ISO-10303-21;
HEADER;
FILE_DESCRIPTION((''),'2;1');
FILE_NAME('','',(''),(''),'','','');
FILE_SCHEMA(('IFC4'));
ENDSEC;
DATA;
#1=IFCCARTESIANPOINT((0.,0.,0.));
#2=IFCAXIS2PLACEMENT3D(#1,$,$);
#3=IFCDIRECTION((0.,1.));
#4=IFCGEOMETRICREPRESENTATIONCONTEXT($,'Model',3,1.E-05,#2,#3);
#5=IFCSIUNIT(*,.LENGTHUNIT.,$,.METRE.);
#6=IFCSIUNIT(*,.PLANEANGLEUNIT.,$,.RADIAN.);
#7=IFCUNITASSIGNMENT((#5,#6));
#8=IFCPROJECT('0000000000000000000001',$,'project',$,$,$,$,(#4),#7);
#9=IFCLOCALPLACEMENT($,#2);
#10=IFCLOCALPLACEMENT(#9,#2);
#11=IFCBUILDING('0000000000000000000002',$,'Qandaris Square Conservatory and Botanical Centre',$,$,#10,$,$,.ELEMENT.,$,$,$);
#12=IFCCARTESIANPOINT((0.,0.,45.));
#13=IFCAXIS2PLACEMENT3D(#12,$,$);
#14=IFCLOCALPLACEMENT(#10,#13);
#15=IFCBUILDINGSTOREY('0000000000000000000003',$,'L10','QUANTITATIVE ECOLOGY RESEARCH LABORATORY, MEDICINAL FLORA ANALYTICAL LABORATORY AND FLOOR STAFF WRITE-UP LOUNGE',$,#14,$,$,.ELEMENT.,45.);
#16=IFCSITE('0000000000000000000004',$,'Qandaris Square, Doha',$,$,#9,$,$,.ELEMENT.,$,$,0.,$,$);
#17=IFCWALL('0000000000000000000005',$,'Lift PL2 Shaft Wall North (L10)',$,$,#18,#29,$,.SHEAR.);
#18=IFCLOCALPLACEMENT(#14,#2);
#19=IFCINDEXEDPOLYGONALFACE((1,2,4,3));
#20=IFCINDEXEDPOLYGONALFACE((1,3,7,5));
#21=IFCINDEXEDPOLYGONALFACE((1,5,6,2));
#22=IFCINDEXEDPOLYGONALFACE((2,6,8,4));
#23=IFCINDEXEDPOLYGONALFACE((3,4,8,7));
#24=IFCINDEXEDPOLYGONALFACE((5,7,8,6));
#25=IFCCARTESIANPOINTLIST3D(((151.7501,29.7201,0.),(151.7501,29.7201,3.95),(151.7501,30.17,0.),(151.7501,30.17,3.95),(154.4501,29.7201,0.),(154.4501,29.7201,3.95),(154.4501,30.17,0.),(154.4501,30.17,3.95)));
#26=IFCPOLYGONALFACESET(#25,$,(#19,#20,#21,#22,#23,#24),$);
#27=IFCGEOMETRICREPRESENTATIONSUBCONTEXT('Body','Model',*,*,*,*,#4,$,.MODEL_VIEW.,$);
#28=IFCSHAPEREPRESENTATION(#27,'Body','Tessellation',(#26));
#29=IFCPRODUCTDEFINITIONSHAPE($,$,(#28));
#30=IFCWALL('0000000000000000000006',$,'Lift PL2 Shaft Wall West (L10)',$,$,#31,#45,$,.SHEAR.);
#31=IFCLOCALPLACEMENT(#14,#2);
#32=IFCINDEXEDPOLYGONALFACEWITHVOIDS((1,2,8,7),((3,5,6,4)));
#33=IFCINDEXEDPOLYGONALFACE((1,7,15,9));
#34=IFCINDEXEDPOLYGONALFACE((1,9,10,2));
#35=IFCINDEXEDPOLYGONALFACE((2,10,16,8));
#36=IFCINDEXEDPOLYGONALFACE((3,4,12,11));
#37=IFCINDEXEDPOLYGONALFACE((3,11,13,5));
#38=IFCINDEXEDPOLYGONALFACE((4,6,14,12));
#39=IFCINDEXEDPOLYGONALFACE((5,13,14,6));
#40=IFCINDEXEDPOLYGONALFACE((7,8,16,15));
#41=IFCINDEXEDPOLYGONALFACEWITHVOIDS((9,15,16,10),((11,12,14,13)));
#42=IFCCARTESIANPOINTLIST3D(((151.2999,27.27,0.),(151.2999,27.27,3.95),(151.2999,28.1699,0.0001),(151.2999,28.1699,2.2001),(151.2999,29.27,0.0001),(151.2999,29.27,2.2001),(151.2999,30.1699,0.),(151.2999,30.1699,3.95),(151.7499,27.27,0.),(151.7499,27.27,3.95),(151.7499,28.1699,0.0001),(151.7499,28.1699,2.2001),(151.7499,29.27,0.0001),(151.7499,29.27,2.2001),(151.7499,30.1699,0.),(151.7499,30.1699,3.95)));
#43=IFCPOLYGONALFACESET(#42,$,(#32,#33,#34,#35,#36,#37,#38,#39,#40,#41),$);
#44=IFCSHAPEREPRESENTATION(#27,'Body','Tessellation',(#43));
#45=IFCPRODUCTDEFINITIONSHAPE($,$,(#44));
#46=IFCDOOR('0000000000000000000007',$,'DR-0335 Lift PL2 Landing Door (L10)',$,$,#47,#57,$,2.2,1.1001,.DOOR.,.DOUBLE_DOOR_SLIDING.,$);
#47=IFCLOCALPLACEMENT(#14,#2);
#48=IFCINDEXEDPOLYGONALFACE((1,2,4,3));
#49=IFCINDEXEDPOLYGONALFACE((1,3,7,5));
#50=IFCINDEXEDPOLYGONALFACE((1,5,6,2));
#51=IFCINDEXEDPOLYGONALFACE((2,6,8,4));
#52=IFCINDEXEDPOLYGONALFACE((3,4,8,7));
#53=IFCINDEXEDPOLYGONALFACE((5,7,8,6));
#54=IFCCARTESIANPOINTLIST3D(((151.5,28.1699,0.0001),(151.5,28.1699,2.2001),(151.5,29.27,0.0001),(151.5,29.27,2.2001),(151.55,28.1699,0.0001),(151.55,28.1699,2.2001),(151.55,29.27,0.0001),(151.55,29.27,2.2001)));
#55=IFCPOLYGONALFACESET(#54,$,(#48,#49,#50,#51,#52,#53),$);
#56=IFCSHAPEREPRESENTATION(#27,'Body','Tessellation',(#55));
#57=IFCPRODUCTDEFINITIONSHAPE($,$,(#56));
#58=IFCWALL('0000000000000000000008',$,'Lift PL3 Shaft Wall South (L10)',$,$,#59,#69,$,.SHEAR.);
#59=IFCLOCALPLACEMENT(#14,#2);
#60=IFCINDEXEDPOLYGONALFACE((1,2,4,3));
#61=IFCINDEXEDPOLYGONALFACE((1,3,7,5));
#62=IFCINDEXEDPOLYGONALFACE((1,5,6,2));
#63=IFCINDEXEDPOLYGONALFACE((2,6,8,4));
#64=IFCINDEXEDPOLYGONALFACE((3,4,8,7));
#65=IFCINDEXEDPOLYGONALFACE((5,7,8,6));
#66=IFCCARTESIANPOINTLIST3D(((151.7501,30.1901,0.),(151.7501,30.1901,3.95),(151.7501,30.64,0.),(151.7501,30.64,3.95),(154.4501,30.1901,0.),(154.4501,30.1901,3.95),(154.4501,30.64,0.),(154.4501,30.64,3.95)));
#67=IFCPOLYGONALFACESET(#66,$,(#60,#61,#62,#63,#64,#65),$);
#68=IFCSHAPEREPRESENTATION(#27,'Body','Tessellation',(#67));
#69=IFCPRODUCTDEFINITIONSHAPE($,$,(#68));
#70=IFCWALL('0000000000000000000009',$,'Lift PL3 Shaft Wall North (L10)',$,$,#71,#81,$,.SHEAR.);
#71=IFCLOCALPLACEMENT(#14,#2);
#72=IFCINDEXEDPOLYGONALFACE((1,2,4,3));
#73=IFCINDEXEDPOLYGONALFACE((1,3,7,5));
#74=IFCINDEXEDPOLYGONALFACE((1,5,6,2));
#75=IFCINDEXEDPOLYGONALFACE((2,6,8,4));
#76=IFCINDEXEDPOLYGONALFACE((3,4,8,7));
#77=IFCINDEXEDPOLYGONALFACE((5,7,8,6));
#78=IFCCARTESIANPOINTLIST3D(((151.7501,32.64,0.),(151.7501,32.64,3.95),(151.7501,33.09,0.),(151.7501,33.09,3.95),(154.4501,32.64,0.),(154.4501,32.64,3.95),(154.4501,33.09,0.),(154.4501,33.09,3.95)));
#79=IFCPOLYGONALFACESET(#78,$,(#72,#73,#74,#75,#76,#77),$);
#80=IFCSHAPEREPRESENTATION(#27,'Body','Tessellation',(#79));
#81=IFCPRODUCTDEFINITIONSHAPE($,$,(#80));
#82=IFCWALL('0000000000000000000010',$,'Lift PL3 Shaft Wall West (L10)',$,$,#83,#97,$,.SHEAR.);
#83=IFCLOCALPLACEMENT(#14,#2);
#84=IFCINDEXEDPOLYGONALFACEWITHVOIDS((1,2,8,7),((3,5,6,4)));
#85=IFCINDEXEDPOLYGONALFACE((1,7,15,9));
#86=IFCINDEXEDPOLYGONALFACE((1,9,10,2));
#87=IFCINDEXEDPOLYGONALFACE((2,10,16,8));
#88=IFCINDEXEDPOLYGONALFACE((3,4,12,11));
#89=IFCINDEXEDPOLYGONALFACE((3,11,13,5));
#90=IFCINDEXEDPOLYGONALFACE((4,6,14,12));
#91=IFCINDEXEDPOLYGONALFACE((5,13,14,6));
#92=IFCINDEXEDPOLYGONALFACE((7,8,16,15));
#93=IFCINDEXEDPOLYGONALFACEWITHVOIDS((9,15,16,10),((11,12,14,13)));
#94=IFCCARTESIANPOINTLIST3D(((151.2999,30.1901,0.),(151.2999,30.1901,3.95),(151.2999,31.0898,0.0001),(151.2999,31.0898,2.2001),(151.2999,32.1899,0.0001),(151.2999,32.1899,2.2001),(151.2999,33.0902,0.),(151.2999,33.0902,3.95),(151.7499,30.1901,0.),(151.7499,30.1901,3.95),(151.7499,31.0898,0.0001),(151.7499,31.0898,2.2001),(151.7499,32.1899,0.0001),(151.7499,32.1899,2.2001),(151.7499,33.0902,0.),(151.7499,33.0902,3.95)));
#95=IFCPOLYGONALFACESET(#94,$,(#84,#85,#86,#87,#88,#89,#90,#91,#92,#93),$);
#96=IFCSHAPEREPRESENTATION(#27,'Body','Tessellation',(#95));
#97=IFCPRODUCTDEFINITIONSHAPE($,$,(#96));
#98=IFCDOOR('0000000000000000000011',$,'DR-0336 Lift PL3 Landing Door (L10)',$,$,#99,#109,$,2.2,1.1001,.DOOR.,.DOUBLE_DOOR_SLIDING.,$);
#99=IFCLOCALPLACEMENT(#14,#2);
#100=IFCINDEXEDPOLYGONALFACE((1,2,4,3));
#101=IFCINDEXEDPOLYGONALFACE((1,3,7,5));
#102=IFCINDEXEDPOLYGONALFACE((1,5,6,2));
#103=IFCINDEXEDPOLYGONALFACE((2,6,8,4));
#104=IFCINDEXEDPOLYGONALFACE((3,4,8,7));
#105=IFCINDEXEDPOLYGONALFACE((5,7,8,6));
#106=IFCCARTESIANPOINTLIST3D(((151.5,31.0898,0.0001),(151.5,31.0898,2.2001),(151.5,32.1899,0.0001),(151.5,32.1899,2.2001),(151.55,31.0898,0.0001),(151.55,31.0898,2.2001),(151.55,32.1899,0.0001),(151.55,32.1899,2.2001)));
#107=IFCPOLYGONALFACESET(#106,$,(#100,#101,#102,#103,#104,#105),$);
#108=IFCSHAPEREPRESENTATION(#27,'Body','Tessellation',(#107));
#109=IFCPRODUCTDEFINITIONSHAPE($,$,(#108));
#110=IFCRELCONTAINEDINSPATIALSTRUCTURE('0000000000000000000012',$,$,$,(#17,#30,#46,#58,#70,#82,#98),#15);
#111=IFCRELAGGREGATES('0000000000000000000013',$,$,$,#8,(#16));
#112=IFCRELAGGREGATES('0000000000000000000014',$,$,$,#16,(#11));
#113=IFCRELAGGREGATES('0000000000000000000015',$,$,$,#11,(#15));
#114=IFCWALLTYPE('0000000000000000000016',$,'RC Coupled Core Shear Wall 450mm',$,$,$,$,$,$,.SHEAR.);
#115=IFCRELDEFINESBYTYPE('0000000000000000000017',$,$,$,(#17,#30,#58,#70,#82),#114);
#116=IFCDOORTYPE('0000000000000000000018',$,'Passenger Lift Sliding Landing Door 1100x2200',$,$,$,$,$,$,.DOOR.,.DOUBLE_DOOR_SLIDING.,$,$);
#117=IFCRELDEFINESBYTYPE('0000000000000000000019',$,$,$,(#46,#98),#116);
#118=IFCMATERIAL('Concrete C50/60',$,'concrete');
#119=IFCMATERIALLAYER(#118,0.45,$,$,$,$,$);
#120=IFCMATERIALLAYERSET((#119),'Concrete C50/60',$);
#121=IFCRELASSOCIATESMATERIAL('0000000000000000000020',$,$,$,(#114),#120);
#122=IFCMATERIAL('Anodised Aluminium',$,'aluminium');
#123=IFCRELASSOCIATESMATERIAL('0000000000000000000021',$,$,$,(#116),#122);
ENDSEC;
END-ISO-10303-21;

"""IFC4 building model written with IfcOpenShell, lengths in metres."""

from ifc_helpers import new_model, si_unit, direction, frame, frame_2d, origin, place, context, subcontext, project, spatial, rectangle, extrude, material, layer, layer_set, type_object, element, fill, save


model = new_model("IFC4")

# Units and contexts
model_context = context("Model", 3, precision=1e-05, world=origin(), true_north=direction((0.0, 1.0)))
body_context = subcontext(model_context, "Body", "Model", "MODEL_VIEW")
ifc_project = project(units=[si_unit("LENGTHUNIT", "METRE"), si_unit("PLANEANGLEUNIT", "RADIAN")], contexts=[model_context])

# Site, building, storey
site_placement = place(None, origin())
site = spatial("IfcSite", under=ifc_project, at=site_placement, Name="Qandaris Square, Doha", CompositionType="ELEMENT", RefElevation=0.0)
building_placement = place(site_placement, origin())
building = spatial("IfcBuilding", under=site, at=building_placement, Name="Qandaris Square Conservatory and Botanical Centre", CompositionType="ELEMENT")
storey_placement = place(building_placement, frame((0.0, 0.0, 45.0)))
storey = spatial("IfcBuildingStorey", under=building, at=storey_placement, Name="L10", Description="QUANTITATIVE ECOLOGY RESEARCH LABORATORY, MEDICINAL FLORA ANALYTICAL LABORATORY AND FLOOR STAFF WRITE-UP LOUNGE", CompositionType="ELEMENT", Elevation=45.0)

# Shared definitions
ifc_material_1 = material(Name="Concrete C50/60", Category="concrete")

# Shared definitions
ifc_material_2 = material(Name="Anodised Aluminium", Category="aluminium")

# Wall
ifc_layer_1 = layer(ifc_material_1, 0.45)
ifc_layer_set_1 = layer_set([ifc_layer_1], Name="Concrete C50/60")
wall_type_1 = type_object("IfcWallType", Name="RC Coupled Core Shear Wall 450mm", PredefinedType="SHEAR", material=ifc_layer_set_1)
for number, where, z_axis, x_axis, name in (
    (1, (151.75, 29.9451, 0.0), (0.0, 0.0, 1.0), (1.0, 0.0, 0.0), "Lift PL2 Shaft Wall North (L10)"),
):
    element("IfcWall", number, at=place(storey_placement, frame(where, z_axis=z_axis, x_axis=x_axis)), inside=storey, type_object=wall_type_1, Name=name, PredefinedType="SHEAR", context=body_context, shape_type="SweptSolid", body=[
        extrude(rectangle(XDim=2.7, YDim=0.45, at=frame_2d((1.3501, 0.0))), origin(), (0.0, 0.0, 1.0), 3.95),
    ])

# Wall, opening, door
wall_1_placement = place(storey_placement, frame((151.5249, 27.27, 0.0), z_axis=(0.0, 0.0, 1.0), x_axis=(0.0, 1.0, 0.0)))
wall_1 = element("IfcWall", 2, at=wall_1_placement, inside=storey, type_object=wall_type_1, Name="Lift PL2 Shaft Wall West (L10)", PredefinedType="SHEAR", context=body_context, shape_type="SweptSolid", body=[
    extrude(rectangle(XDim=2.8999, YDim=0.45, at=frame_2d((1.45, 0.0))), origin(), (0.0, 0.0, 1.0), 3.95),
])
opening_1_placement = place(wall_1_placement, frame((0.8999, 0.0, 0.0)))
opening_1 = element("IfcOpeningElement", 3, at=opening_1_placement, cuts=wall_1, PredefinedType="OPENING", context=body_context, shape_type="SweptSolid", body=[
    extrude(rectangle(XDim=1.1001, YDim=2.2, at=frame_2d((0.55, 1.1001))), frame((0.0, 0.2368, 0.0), z_axis=(0.0, -1.0, 0.0), x_axis=(1.0, 0.0, 0.0)), (0.0, 0.0, 1.0), 0.4739),
])
door_type_1 = type_object("IfcDoorType", Name="Passenger Lift Sliding Landing Door 1100x2200", OperationType="DOUBLE_DOOR_SLIDING", PredefinedType="DOOR", material=ifc_material_2)
door_1_placement = place(opening_1_placement, origin())
door_1 = element("IfcDoor", 4, at=door_1_placement, inside=storey, type_object=door_type_1, Name="DR-0335 Lift PL2 Landing Door (L10)", OperationType="DOUBLE_DOOR_SLIDING", OverallHeight=2.2, OverallWidth=1.1001, PredefinedType="DOOR", context=body_context, shape_type="SweptSolid", body=[
    extrude(rectangle(XDim=1.1001, YDim=2.2, at=frame_2d((0.55, 1.1001))), frame((0.0, 0.0249, 0.0), z_axis=(0.0, -1.0, 0.0), x_axis=(1.0, 0.0, 0.0)), (0.0, 0.0, 1.0), 0.05),
])
fill(opening_1, door_1)

# Walls
for number, where, z_axis, x_axis, name in (
    (5, (151.75, 30.415, 0.0), (0.0, 0.0, 1.0), (1.0, 0.0, 0.0), "Lift PL3 Shaft Wall South (L10)"),
    (6, (151.75, 32.865, 0.0), (0.0, 0.0, 1.0), (1.0, 0.0, 0.0), "Lift PL3 Shaft Wall North (L10)"),
):
    element("IfcWall", number, at=place(storey_placement, frame(where, z_axis=z_axis, x_axis=x_axis)), inside=storey, type_object=wall_type_1, Name=name, PredefinedType="SHEAR", context=body_context, shape_type="SweptSolid", body=[
        extrude(rectangle(XDim=2.7, YDim=0.45, at=frame_2d((1.3501, 0.0))), origin(), (0.0, 0.0, 1.0), 3.95),
    ])

# Wall, opening, door
wall_2_placement = place(storey_placement, frame((151.5249, 30.1899, 0.0), z_axis=(0.0, 0.0, 1.0), x_axis=(0.0, 1.0, 0.0)))
wall_2 = element("IfcWall", 7, at=wall_2_placement, inside=storey, type_object=wall_type_1, Name="Lift PL3 Shaft Wall West (L10)", PredefinedType="SHEAR", context=body_context, shape_type="SweptSolid", body=[
    extrude(rectangle(XDim=2.9001, YDim=0.45, at=frame_2d((1.4502, 0.0))), origin(), (0.0, 0.0, 1.0), 3.95),
])
opening_2_placement = place(wall_2_placement, frame((0.8999, 0.0, 0.0)))
opening_2 = element("IfcOpeningElement", 8, at=opening_2_placement, cuts=wall_2, PredefinedType="OPENING", context=body_context, shape_type="SweptSolid", body=[
    extrude(rectangle(XDim=1.1001, YDim=2.2, at=frame_2d((0.55, 1.1001))), frame((0.0, 0.2368, 0.0), z_axis=(0.0, -1.0, 0.0), x_axis=(1.0, 0.0, 0.0)), (0.0, 0.0, 1.0), 0.4739),
])
door_2_placement = place(opening_2_placement, origin())
door_2 = element("IfcDoor", 9, at=door_2_placement, inside=storey, type_object=door_type_1, Name="DR-0336 Lift PL3 Landing Door (L10)", OperationType="DOUBLE_DOOR_SLIDING", OverallHeight=2.2, OverallWidth=1.1001, PredefinedType="DOOR", context=body_context, shape_type="SweptSolid", body=[
    extrude(rectangle(XDim=1.1001, YDim=2.2, at=frame_2d((0.55, 1.1001))), frame((0.0, 0.0249, 0.0), z_axis=(0.0, -1.0, 0.0), x_axis=(1.0, 0.0, 0.0)), (0.0, 0.0, 1.0), 0.05),
])
fill(opening_2, door_2)

save(model, "model.ifc")
